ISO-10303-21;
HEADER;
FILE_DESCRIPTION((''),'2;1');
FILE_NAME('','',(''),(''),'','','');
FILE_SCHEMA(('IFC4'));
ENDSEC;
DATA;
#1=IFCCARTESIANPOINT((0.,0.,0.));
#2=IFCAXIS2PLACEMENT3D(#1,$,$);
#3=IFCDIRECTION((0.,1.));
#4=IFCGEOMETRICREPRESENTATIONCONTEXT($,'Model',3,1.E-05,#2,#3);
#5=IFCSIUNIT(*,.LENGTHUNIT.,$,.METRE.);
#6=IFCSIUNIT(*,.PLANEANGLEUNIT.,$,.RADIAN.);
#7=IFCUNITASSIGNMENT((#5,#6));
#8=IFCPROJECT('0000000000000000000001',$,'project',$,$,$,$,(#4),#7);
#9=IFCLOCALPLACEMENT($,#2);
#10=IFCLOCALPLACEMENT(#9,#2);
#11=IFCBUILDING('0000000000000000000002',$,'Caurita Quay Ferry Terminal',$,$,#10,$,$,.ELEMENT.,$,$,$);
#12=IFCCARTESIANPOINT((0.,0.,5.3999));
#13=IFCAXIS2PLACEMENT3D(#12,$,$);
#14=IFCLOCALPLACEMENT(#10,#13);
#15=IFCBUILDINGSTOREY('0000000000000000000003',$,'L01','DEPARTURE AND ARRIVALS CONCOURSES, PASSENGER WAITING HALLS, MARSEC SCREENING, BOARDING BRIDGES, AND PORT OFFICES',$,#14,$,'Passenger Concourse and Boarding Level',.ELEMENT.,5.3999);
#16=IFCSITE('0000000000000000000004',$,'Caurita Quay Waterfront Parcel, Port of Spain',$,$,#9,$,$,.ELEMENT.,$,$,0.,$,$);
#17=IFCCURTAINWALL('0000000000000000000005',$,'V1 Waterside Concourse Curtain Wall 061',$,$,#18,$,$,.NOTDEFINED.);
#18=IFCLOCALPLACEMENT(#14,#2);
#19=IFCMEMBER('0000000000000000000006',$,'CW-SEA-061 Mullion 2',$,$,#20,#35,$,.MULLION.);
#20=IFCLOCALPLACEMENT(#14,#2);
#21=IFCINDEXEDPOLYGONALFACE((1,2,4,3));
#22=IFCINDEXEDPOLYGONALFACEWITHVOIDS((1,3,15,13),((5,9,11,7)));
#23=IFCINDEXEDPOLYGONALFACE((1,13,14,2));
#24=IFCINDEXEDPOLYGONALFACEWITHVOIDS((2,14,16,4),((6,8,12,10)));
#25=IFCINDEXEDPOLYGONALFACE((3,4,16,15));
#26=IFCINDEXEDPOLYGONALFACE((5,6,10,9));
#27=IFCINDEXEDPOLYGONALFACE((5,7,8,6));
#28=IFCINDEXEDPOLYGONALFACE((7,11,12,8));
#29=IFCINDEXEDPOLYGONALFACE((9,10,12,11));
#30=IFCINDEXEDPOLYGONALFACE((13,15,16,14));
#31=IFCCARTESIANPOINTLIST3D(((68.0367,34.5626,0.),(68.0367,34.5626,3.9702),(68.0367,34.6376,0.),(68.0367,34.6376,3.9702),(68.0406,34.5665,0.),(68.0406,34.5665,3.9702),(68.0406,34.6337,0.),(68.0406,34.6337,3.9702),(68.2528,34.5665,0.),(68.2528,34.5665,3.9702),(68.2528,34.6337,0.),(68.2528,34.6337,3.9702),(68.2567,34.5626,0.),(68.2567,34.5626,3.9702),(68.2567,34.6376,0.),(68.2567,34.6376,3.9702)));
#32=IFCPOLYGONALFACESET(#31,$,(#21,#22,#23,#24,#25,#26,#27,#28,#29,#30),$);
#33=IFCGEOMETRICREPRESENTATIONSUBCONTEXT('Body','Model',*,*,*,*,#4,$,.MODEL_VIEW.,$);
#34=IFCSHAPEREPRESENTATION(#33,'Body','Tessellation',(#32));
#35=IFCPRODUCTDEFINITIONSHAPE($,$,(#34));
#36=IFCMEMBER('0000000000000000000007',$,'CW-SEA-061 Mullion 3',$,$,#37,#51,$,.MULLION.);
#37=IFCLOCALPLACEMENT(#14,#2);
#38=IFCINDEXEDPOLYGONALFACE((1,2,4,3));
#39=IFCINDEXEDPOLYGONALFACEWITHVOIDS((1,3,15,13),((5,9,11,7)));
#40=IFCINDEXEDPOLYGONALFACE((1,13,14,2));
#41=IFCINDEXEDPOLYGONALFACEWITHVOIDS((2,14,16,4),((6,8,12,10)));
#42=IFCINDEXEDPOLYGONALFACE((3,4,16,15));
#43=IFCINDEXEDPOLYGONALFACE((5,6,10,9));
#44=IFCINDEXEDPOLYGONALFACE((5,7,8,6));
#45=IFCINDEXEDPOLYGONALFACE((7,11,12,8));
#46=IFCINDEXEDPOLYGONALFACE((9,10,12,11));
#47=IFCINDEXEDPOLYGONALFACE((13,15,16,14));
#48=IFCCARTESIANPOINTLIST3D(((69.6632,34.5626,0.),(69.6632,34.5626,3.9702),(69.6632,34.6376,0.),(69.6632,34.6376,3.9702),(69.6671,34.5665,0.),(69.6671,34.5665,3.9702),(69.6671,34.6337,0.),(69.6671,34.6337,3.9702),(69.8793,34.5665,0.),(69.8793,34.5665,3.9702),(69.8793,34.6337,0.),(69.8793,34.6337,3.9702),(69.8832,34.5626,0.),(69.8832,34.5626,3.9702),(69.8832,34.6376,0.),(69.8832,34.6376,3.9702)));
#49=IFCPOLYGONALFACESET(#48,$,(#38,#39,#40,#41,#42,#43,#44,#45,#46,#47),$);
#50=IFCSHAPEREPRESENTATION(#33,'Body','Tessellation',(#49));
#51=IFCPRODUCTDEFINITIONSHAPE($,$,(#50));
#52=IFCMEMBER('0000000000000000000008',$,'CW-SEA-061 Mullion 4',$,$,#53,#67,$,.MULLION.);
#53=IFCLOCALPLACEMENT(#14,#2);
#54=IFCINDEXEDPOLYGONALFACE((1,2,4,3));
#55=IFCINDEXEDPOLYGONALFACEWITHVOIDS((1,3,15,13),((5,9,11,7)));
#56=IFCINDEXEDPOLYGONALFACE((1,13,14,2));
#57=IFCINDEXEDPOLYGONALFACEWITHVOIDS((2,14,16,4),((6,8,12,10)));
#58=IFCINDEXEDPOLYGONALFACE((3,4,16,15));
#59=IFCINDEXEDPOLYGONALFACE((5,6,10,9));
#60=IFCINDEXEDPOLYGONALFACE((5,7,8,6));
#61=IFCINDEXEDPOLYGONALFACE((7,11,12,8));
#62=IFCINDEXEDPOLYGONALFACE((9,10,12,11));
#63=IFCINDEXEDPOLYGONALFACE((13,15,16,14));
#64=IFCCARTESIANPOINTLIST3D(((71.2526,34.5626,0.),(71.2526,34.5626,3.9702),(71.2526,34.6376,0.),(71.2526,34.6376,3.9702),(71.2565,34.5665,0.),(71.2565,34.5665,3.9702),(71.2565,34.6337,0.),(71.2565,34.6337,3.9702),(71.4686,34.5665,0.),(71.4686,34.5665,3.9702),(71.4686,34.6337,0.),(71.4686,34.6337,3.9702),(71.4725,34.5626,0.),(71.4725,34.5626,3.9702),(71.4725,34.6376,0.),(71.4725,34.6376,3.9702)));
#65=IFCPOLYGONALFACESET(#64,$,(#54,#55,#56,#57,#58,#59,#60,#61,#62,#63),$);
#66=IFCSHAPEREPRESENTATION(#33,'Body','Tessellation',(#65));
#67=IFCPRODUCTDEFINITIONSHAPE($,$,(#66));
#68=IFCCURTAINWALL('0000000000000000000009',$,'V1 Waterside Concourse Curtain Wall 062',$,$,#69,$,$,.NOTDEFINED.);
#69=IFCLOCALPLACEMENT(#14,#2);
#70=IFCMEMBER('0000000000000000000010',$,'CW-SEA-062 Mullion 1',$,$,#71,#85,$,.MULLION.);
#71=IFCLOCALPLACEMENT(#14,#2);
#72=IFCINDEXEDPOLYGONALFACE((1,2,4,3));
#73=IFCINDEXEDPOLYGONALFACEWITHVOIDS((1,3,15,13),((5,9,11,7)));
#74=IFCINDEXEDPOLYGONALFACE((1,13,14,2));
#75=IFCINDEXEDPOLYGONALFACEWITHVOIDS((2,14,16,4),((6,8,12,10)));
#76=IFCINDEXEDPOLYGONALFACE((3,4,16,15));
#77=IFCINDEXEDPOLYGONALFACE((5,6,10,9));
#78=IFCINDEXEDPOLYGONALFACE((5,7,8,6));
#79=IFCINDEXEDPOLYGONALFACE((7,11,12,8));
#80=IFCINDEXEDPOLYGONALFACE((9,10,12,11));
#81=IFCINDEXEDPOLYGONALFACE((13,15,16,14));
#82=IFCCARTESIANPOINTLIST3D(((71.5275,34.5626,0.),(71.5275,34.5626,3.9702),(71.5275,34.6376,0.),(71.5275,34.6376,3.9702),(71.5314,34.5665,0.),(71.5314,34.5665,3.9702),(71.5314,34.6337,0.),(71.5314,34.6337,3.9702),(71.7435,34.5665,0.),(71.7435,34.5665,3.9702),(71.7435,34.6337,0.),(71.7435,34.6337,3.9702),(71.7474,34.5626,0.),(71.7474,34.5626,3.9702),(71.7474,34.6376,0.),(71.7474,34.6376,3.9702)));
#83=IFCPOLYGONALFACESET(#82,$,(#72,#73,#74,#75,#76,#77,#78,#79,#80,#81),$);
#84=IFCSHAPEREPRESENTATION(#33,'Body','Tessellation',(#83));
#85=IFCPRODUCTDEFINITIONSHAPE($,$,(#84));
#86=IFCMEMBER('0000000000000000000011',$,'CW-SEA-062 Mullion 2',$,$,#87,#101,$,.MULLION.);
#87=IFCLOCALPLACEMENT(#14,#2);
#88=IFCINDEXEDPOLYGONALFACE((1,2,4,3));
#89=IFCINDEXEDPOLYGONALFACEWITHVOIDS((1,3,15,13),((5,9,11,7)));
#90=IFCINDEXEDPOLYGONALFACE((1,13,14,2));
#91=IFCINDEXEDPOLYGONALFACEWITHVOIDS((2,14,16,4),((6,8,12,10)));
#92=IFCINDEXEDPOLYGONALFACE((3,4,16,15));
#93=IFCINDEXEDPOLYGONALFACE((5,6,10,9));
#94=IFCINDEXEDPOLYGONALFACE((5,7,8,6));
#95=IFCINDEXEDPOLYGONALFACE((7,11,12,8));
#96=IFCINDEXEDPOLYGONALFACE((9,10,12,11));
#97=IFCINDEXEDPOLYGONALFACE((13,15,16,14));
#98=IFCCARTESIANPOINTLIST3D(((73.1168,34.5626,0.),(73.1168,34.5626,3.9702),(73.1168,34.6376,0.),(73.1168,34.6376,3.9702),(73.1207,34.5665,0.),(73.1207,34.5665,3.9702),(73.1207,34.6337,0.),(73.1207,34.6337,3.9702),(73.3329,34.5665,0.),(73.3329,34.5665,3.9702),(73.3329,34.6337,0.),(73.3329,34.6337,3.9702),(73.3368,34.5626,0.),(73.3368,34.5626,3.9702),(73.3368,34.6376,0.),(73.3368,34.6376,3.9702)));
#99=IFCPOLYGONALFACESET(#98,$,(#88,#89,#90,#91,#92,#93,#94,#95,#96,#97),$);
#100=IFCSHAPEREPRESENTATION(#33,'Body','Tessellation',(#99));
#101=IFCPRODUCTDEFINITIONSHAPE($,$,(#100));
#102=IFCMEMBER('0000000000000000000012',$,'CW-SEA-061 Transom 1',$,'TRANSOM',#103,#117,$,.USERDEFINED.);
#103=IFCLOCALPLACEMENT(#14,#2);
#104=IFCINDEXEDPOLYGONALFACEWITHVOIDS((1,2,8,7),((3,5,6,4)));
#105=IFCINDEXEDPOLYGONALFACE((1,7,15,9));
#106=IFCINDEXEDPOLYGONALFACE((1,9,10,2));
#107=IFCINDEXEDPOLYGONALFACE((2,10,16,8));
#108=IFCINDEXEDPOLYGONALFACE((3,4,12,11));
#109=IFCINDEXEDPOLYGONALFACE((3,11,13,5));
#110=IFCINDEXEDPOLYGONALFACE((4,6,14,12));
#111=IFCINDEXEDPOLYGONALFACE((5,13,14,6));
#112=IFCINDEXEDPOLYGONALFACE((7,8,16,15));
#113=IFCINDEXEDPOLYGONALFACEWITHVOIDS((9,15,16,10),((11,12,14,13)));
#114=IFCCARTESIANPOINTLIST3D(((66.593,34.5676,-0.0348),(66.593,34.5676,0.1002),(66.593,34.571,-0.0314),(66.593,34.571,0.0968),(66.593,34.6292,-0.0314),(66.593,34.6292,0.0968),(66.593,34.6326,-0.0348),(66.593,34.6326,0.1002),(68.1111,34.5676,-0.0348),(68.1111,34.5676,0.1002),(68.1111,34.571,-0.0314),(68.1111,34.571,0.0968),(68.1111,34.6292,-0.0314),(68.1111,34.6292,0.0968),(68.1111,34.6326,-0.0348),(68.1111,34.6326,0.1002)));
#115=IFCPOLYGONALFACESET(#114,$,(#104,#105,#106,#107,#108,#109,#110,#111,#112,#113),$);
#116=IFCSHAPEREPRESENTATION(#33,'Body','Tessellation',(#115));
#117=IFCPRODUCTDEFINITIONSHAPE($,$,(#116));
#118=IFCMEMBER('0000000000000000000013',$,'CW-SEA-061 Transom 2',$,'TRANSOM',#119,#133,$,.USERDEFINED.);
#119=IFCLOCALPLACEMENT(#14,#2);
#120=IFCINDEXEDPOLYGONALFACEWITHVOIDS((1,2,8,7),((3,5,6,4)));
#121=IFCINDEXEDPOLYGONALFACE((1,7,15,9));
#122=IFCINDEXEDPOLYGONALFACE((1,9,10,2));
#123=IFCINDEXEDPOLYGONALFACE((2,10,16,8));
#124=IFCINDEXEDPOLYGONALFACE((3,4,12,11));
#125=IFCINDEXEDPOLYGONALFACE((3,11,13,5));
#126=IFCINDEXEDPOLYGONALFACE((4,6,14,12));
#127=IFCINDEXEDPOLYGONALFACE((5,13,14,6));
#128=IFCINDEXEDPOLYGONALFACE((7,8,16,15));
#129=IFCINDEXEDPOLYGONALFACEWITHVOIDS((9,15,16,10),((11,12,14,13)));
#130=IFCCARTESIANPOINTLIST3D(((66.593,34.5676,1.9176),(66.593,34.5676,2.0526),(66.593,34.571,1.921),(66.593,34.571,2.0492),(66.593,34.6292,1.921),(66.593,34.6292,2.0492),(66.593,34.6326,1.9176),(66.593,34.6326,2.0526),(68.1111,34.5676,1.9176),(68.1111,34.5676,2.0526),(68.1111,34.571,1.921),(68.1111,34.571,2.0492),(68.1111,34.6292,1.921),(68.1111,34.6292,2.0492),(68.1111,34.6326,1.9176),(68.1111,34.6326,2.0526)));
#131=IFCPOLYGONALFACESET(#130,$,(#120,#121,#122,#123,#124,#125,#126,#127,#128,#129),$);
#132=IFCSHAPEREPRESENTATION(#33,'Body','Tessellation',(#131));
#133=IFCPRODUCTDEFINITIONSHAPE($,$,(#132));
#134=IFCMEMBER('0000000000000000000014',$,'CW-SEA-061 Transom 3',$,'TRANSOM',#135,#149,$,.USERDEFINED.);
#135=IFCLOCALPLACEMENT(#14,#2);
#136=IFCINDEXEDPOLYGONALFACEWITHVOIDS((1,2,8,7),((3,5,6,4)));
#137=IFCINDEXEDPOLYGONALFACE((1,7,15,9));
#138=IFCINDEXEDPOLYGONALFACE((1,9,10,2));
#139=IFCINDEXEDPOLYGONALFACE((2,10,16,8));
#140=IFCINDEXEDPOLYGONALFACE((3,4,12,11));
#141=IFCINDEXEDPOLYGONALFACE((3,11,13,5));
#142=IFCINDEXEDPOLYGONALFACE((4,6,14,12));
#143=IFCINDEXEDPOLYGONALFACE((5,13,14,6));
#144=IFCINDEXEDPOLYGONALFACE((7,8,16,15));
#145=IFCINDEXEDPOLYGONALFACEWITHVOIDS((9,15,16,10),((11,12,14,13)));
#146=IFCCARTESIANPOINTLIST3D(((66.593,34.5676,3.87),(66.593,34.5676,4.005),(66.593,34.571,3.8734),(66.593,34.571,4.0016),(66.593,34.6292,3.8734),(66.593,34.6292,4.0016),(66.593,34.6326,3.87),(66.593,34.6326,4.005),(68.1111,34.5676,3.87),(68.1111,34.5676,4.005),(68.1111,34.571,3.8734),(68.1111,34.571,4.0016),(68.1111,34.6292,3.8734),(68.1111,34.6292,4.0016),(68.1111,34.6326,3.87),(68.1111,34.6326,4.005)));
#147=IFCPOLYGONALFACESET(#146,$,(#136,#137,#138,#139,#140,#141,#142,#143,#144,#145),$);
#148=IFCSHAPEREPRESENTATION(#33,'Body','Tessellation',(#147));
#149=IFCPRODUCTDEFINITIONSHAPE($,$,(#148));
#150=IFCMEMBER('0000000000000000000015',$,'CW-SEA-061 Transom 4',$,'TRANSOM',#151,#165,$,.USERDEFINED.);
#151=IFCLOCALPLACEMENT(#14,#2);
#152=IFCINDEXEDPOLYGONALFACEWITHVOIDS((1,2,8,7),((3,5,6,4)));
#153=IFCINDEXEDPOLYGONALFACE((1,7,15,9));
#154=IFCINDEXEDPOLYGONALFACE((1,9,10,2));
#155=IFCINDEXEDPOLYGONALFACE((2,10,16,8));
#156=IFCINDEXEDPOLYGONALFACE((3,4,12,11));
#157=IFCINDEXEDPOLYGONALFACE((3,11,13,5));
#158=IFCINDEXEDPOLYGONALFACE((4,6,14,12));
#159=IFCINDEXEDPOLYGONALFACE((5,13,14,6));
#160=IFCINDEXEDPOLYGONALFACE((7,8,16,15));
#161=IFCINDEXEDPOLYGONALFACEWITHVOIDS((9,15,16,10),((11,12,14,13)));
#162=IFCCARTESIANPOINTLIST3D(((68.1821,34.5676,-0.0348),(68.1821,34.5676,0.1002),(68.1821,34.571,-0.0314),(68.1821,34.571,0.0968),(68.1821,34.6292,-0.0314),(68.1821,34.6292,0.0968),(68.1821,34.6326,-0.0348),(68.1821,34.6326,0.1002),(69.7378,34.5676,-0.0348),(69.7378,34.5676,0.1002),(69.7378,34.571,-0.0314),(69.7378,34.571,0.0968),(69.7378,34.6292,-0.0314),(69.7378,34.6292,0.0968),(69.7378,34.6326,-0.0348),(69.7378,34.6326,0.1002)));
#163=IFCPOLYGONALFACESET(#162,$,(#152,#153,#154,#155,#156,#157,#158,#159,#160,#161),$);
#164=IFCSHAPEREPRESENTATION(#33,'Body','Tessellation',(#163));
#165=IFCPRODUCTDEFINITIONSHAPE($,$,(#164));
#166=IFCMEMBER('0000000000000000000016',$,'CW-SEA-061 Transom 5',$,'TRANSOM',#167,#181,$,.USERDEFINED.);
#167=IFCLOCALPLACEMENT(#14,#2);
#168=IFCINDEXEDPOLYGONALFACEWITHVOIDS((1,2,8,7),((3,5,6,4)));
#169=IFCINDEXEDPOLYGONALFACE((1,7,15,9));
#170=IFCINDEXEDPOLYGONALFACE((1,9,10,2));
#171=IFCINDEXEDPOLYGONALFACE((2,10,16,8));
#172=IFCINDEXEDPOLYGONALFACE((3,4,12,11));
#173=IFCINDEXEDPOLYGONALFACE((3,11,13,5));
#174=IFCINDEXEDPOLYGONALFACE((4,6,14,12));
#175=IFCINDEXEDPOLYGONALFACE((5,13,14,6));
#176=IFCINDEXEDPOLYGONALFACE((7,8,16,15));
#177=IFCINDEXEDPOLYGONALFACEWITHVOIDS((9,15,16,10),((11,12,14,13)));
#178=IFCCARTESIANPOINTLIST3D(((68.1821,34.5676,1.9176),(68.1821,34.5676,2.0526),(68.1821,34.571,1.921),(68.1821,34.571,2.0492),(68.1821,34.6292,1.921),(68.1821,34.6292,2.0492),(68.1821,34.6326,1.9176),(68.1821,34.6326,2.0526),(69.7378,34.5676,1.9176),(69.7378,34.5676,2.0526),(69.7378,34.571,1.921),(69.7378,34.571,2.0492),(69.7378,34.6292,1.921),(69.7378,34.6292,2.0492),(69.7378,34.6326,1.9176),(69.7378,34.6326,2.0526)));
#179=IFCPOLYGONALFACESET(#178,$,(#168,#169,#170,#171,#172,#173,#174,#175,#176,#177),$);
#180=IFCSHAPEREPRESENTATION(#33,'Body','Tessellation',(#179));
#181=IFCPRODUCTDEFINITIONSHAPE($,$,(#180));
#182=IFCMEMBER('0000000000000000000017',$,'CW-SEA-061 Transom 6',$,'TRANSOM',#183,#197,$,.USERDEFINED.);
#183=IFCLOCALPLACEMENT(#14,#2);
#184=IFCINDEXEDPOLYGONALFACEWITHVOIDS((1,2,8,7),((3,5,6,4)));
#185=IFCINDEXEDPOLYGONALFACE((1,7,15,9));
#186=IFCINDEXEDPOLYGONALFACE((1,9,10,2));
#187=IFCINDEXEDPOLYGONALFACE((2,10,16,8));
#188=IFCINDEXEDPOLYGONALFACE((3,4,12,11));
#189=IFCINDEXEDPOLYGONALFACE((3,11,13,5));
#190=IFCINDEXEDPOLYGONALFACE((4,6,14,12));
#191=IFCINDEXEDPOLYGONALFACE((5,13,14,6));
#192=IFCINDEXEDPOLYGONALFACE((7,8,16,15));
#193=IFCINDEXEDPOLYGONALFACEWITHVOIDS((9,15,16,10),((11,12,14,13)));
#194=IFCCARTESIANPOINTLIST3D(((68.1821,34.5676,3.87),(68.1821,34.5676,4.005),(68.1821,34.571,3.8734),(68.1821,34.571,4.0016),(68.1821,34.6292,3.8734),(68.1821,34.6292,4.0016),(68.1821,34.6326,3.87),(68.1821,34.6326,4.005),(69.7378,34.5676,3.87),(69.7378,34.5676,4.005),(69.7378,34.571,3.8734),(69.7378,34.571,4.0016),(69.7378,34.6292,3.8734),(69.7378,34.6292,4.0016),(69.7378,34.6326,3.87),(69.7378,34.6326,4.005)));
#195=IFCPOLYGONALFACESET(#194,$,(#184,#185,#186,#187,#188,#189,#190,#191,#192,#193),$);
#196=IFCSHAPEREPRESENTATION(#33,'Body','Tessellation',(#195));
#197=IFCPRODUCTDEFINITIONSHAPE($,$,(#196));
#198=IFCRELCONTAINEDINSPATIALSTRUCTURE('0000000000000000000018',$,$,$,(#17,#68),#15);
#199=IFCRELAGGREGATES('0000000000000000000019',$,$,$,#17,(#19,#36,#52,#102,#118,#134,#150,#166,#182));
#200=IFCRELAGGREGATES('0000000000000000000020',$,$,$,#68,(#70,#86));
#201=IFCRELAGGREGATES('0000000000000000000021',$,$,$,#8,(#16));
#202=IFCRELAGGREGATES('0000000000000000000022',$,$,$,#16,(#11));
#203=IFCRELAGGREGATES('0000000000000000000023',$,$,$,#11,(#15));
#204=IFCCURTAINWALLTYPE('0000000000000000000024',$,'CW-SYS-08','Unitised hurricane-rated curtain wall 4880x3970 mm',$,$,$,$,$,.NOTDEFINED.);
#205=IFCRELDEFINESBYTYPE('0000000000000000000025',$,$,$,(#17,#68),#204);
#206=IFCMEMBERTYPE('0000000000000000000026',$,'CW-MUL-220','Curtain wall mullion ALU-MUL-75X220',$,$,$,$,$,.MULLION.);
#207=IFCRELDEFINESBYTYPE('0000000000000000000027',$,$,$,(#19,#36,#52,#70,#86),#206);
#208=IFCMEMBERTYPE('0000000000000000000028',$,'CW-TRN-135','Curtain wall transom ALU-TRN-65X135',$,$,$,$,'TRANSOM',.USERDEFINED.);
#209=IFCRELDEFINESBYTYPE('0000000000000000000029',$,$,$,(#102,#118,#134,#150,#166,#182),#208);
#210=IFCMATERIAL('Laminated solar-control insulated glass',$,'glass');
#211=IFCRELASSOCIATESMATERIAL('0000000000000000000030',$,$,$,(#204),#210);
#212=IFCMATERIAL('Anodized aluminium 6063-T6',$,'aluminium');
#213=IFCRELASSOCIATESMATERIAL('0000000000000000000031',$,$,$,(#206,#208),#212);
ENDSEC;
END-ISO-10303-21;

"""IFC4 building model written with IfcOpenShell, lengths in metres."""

from ifc_helpers import new_model, si_unit, direction, frame, origin, origin_2d, place, context, subcontext, project, spatial, hollow_rectangle, extrude, material, material_profile, profile_set, type_object, element, aggregate, save


model = new_model("IFC4")

# Units and contexts
model_context = context("Model", 3, precision=1e-05, world=origin(), true_north=direction((0.0, 1.0)))
body_context = subcontext(model_context, "Body", "Model", "MODEL_VIEW")
ifc_project = project(units=[si_unit("LENGTHUNIT", "METRE"), si_unit("PLANEANGLEUNIT", "RADIAN")], contexts=[model_context])

# Site, building, storey
site_placement = place(None, origin())
site = spatial("IfcSite", under=ifc_project, at=site_placement, Name="Caurita Quay Waterfront Parcel, Port of Spain", CompositionType="ELEMENT", RefElevation=0.0)
building_placement = place(site_placement, origin())
building = spatial("IfcBuilding", under=site, at=building_placement, Name="Caurita Quay Ferry Terminal", CompositionType="ELEMENT")
storey_placement = place(building_placement, frame((0.0, 0.0, 5.3999)))
storey = spatial("IfcBuildingStorey", under=building, at=storey_placement, Name="L01", Description="DEPARTURE AND ARRIVALS CONCOURSES, PASSENGER WAITING HALLS, MARSEC SCREENING, BOARDING BRIDGES, AND PORT OFFICES", LongName="Passenger Concourse and Boarding Level", CompositionType="ELEMENT", Elevation=5.3999)

# Curtain walls, members
ifc_material_1 = material(Name="Laminated solar-control insulated glass", Category="glass")
curtain_wall_type = type_object("IfcCurtainWallType", Name="CW-SYS-08", Description="Unitised hurricane-rated curtain wall 4880x3970 mm", PredefinedType="NOTDEFINED", material=ifc_material_1)
curtain_wall_1_placement = place(storey_placement, origin())
curtain_wall_1 = element("IfcCurtainWall", 1, at=curtain_wall_1_placement, inside=storey, type_object=curtain_wall_type, Name="V1 Waterside Concourse Curtain Wall 061", PredefinedType="NOTDEFINED")
ifc_material_2 = material(Name="Anodized aluminium 6063-T6", Category="aluminium")
ifc_material_profile_1 = material_profile(ifc_material_2, hollow_rectangle(XDim=0.075, YDim=0.22, WallThickness=0.0039, at=origin_2d()), Name="ALU-MUL-75X220")
ifc_profile_set_1 = profile_set([ifc_material_profile_1], Name="Anodized aluminium 6063-T6")
member_type_1 = type_object("IfcMemberType", Name="CW-MUL-220", Description="Curtain wall mullion ALU-MUL-75X220", PredefinedType="MULLION", material=ifc_profile_set_1)
member_1_placement = place(storey_placement, frame((68.1467, 34.6001, 0.0), z_axis=(0.0, 0.0, 1.0), x_axis=(0.0, 1.0, 0.0)))
member_1 = element("IfcMember", 2, at=member_1_placement, type_object=member_type_1, Name="CW-SEA-061 Mullion 2", PredefinedType="MULLION", context=body_context, shape_type="SweptSolid", body=[
    extrude(hollow_rectangle(XDim=0.075, YDim=0.22, WallThickness=0.0039, at=origin_2d()), origin(), (0.0, 0.0, 1.0), 3.9702),
])
member_2_placement = place(storey_placement, frame((69.7732, 34.6001, 0.0), z_axis=(0.0, 0.0, 1.0), x_axis=(0.0, 1.0, 0.0)))
member_2 = element("IfcMember", 3, at=member_2_placement, type_object=member_type_1, Name="CW-SEA-061 Mullion 3", PredefinedType="MULLION", context=body_context, shape_type="SweptSolid", body=[
    extrude(hollow_rectangle(XDim=0.075, YDim=0.22, WallThickness=0.0039, at=origin_2d()), origin(), (0.0, 0.0, 1.0), 3.9702),
])
member_3_placement = place(storey_placement, frame((71.3625, 34.6001, 0.0), z_axis=(0.0, 0.0, 1.0), x_axis=(0.0, 1.0, 0.0)))
member_3 = element("IfcMember", 4, at=member_3_placement, type_object=member_type_1, Name="CW-SEA-061 Mullion 4", PredefinedType="MULLION", context=body_context, shape_type="SweptSolid", body=[
    extrude(hollow_rectangle(XDim=0.075, YDim=0.22, WallThickness=0.0039, at=origin_2d()), origin(), (0.0, 0.0, 1.0), 3.9702),
])
curtain_wall_2_placement = place(storey_placement, origin())
curtain_wall_2 = element("IfcCurtainWall", 5, at=curtain_wall_2_placement, inside=storey, type_object=curtain_wall_type, Name="V1 Waterside Concourse Curtain Wall 062", PredefinedType="NOTDEFINED")
member_4_placement = place(storey_placement, frame((71.6375, 34.6001, 0.0), z_axis=(0.0, 0.0, 1.0), x_axis=(0.0, 1.0, 0.0)))
member_4 = element("IfcMember", 6, at=member_4_placement, type_object=member_type_1, Name="CW-SEA-062 Mullion 1", PredefinedType="MULLION", context=body_context, shape_type="SweptSolid", body=[
    extrude(hollow_rectangle(XDim=0.075, YDim=0.22, WallThickness=0.0039, at=origin_2d()), origin(), (0.0, 0.0, 1.0), 3.9702),
])
member_5_placement = place(storey_placement, frame((73.2268, 34.6001, 0.0), z_axis=(0.0, 0.0, 1.0), x_axis=(0.0, 1.0, 0.0)))
member_5 = element("IfcMember", 7, at=member_5_placement, type_object=member_type_1, Name="CW-SEA-062 Mullion 2", PredefinedType="MULLION", context=body_context, shape_type="SweptSolid", body=[
    extrude(hollow_rectangle(XDim=0.075, YDim=0.22, WallThickness=0.0039, at=origin_2d()), origin(), (0.0, 0.0, 1.0), 3.9702),
])

# Members
ifc_material_profile_2 = material_profile(ifc_material_2, hollow_rectangle(XDim=0.0649, YDim=0.135, WallThickness=0.0034, at=origin_2d()), Name="ALU-TRN-65X135")
ifc_profile_set_2 = profile_set([ifc_material_profile_2], Name="Anodized aluminium 6063-T6")
member_type_2 = type_object("IfcMemberType", Name="CW-TRN-135", Description="Curtain wall transom ALU-TRN-65X135", ElementType="TRANSOM", PredefinedType="USERDEFINED", material=ifc_profile_set_2)
member_6_placement = place(storey_placement, frame((66.593, 34.6001, 0.0327), z_axis=(1.0, 0.0, 0.0), x_axis=(0.0, 1.0, 0.0)))
member_6 = element("IfcMember", 8, at=member_6_placement, type_object=member_type_2, Name="CW-SEA-061 Transom 1", ObjectType="TRANSOM", PredefinedType="USERDEFINED", context=body_context, shape_type="SweptSolid", body=[
    extrude(hollow_rectangle(XDim=0.0649, YDim=0.135, WallThickness=0.0034, at=origin_2d()), origin(), (0.0, 0.0, 1.0), 1.5181),
])
member_7_placement = place(storey_placement, frame((66.593, 34.6001, 1.9851), z_axis=(1.0, 0.0, 0.0), x_axis=(0.0, 1.0, 0.0)))
member_7 = element("IfcMember", 9, at=member_7_placement, type_object=member_type_2, Name="CW-SEA-061 Transom 2", ObjectType="TRANSOM", PredefinedType="USERDEFINED", context=body_context, shape_type="SweptSolid", body=[
    extrude(hollow_rectangle(XDim=0.0649, YDim=0.135, WallThickness=0.0034, at=origin_2d()), origin(), (0.0, 0.0, 1.0), 1.5181),
])
member_8_placement = place(storey_placement, frame((66.593, 34.6001, 3.9375), z_axis=(1.0, 0.0, 0.0), x_axis=(0.0, 1.0, 0.0)))
member_8 = element("IfcMember", 10, at=member_8_placement, type_object=member_type_2, Name="CW-SEA-061 Transom 3", ObjectType="TRANSOM", PredefinedType="USERDEFINED", context=body_context, shape_type="SweptSolid", body=[
    extrude(hollow_rectangle(XDim=0.0649, YDim=0.135, WallThickness=0.0034, at=origin_2d()), origin(), (0.0, 0.0, 1.0), 1.5181),
])
member_9_placement = place(storey_placement, frame((68.1821, 34.6001, 0.0327), z_axis=(1.0, 0.0, 0.0), x_axis=(0.0, 1.0, 0.0)))
member_9 = element("IfcMember", 11, at=member_9_placement, type_object=member_type_2, Name="CW-SEA-061 Transom 4", ObjectType="TRANSOM", PredefinedType="USERDEFINED", context=body_context, shape_type="SweptSolid", body=[
    extrude(hollow_rectangle(XDim=0.0649, YDim=0.135, WallThickness=0.0034, at=origin_2d()), origin(), (0.0, 0.0, 1.0), 1.5557),
])
member_10_placement = place(storey_placement, frame((68.1821, 34.6001, 1.9851), z_axis=(1.0, 0.0, 0.0), x_axis=(0.0, 1.0, 0.0)))
member_10 = element("IfcMember", 12, at=member_10_placement, type_object=member_type_2, Name="CW-SEA-061 Transom 5", ObjectType="TRANSOM", PredefinedType="USERDEFINED", context=body_context, shape_type="SweptSolid", body=[
    extrude(hollow_rectangle(XDim=0.0649, YDim=0.135, WallThickness=0.0034, at=origin_2d()), origin(), (0.0, 0.0, 1.0), 1.5557),
])
member_11_placement = place(storey_placement, frame((68.1821, 34.6001, 3.9375), z_axis=(1.0, 0.0, 0.0), x_axis=(0.0, 1.0, 0.0)))
member_11 = element("IfcMember", 13, at=member_11_placement, type_object=member_type_2, Name="CW-SEA-061 Transom 6", ObjectType="TRANSOM", PredefinedType="USERDEFINED", context=body_context, shape_type="SweptSolid", body=[
    extrude(hollow_rectangle(XDim=0.0649, YDim=0.135, WallThickness=0.0034, at=origin_2d()), origin(), (0.0, 0.0, 1.0), 1.5557),
])

aggregate(curtain_wall_1, [member_1, member_2, member_3, member_6, member_7, member_8, member_9, member_10, member_11])
aggregate(curtain_wall_2, [member_4, member_5])

save(model, "model.ifc")
